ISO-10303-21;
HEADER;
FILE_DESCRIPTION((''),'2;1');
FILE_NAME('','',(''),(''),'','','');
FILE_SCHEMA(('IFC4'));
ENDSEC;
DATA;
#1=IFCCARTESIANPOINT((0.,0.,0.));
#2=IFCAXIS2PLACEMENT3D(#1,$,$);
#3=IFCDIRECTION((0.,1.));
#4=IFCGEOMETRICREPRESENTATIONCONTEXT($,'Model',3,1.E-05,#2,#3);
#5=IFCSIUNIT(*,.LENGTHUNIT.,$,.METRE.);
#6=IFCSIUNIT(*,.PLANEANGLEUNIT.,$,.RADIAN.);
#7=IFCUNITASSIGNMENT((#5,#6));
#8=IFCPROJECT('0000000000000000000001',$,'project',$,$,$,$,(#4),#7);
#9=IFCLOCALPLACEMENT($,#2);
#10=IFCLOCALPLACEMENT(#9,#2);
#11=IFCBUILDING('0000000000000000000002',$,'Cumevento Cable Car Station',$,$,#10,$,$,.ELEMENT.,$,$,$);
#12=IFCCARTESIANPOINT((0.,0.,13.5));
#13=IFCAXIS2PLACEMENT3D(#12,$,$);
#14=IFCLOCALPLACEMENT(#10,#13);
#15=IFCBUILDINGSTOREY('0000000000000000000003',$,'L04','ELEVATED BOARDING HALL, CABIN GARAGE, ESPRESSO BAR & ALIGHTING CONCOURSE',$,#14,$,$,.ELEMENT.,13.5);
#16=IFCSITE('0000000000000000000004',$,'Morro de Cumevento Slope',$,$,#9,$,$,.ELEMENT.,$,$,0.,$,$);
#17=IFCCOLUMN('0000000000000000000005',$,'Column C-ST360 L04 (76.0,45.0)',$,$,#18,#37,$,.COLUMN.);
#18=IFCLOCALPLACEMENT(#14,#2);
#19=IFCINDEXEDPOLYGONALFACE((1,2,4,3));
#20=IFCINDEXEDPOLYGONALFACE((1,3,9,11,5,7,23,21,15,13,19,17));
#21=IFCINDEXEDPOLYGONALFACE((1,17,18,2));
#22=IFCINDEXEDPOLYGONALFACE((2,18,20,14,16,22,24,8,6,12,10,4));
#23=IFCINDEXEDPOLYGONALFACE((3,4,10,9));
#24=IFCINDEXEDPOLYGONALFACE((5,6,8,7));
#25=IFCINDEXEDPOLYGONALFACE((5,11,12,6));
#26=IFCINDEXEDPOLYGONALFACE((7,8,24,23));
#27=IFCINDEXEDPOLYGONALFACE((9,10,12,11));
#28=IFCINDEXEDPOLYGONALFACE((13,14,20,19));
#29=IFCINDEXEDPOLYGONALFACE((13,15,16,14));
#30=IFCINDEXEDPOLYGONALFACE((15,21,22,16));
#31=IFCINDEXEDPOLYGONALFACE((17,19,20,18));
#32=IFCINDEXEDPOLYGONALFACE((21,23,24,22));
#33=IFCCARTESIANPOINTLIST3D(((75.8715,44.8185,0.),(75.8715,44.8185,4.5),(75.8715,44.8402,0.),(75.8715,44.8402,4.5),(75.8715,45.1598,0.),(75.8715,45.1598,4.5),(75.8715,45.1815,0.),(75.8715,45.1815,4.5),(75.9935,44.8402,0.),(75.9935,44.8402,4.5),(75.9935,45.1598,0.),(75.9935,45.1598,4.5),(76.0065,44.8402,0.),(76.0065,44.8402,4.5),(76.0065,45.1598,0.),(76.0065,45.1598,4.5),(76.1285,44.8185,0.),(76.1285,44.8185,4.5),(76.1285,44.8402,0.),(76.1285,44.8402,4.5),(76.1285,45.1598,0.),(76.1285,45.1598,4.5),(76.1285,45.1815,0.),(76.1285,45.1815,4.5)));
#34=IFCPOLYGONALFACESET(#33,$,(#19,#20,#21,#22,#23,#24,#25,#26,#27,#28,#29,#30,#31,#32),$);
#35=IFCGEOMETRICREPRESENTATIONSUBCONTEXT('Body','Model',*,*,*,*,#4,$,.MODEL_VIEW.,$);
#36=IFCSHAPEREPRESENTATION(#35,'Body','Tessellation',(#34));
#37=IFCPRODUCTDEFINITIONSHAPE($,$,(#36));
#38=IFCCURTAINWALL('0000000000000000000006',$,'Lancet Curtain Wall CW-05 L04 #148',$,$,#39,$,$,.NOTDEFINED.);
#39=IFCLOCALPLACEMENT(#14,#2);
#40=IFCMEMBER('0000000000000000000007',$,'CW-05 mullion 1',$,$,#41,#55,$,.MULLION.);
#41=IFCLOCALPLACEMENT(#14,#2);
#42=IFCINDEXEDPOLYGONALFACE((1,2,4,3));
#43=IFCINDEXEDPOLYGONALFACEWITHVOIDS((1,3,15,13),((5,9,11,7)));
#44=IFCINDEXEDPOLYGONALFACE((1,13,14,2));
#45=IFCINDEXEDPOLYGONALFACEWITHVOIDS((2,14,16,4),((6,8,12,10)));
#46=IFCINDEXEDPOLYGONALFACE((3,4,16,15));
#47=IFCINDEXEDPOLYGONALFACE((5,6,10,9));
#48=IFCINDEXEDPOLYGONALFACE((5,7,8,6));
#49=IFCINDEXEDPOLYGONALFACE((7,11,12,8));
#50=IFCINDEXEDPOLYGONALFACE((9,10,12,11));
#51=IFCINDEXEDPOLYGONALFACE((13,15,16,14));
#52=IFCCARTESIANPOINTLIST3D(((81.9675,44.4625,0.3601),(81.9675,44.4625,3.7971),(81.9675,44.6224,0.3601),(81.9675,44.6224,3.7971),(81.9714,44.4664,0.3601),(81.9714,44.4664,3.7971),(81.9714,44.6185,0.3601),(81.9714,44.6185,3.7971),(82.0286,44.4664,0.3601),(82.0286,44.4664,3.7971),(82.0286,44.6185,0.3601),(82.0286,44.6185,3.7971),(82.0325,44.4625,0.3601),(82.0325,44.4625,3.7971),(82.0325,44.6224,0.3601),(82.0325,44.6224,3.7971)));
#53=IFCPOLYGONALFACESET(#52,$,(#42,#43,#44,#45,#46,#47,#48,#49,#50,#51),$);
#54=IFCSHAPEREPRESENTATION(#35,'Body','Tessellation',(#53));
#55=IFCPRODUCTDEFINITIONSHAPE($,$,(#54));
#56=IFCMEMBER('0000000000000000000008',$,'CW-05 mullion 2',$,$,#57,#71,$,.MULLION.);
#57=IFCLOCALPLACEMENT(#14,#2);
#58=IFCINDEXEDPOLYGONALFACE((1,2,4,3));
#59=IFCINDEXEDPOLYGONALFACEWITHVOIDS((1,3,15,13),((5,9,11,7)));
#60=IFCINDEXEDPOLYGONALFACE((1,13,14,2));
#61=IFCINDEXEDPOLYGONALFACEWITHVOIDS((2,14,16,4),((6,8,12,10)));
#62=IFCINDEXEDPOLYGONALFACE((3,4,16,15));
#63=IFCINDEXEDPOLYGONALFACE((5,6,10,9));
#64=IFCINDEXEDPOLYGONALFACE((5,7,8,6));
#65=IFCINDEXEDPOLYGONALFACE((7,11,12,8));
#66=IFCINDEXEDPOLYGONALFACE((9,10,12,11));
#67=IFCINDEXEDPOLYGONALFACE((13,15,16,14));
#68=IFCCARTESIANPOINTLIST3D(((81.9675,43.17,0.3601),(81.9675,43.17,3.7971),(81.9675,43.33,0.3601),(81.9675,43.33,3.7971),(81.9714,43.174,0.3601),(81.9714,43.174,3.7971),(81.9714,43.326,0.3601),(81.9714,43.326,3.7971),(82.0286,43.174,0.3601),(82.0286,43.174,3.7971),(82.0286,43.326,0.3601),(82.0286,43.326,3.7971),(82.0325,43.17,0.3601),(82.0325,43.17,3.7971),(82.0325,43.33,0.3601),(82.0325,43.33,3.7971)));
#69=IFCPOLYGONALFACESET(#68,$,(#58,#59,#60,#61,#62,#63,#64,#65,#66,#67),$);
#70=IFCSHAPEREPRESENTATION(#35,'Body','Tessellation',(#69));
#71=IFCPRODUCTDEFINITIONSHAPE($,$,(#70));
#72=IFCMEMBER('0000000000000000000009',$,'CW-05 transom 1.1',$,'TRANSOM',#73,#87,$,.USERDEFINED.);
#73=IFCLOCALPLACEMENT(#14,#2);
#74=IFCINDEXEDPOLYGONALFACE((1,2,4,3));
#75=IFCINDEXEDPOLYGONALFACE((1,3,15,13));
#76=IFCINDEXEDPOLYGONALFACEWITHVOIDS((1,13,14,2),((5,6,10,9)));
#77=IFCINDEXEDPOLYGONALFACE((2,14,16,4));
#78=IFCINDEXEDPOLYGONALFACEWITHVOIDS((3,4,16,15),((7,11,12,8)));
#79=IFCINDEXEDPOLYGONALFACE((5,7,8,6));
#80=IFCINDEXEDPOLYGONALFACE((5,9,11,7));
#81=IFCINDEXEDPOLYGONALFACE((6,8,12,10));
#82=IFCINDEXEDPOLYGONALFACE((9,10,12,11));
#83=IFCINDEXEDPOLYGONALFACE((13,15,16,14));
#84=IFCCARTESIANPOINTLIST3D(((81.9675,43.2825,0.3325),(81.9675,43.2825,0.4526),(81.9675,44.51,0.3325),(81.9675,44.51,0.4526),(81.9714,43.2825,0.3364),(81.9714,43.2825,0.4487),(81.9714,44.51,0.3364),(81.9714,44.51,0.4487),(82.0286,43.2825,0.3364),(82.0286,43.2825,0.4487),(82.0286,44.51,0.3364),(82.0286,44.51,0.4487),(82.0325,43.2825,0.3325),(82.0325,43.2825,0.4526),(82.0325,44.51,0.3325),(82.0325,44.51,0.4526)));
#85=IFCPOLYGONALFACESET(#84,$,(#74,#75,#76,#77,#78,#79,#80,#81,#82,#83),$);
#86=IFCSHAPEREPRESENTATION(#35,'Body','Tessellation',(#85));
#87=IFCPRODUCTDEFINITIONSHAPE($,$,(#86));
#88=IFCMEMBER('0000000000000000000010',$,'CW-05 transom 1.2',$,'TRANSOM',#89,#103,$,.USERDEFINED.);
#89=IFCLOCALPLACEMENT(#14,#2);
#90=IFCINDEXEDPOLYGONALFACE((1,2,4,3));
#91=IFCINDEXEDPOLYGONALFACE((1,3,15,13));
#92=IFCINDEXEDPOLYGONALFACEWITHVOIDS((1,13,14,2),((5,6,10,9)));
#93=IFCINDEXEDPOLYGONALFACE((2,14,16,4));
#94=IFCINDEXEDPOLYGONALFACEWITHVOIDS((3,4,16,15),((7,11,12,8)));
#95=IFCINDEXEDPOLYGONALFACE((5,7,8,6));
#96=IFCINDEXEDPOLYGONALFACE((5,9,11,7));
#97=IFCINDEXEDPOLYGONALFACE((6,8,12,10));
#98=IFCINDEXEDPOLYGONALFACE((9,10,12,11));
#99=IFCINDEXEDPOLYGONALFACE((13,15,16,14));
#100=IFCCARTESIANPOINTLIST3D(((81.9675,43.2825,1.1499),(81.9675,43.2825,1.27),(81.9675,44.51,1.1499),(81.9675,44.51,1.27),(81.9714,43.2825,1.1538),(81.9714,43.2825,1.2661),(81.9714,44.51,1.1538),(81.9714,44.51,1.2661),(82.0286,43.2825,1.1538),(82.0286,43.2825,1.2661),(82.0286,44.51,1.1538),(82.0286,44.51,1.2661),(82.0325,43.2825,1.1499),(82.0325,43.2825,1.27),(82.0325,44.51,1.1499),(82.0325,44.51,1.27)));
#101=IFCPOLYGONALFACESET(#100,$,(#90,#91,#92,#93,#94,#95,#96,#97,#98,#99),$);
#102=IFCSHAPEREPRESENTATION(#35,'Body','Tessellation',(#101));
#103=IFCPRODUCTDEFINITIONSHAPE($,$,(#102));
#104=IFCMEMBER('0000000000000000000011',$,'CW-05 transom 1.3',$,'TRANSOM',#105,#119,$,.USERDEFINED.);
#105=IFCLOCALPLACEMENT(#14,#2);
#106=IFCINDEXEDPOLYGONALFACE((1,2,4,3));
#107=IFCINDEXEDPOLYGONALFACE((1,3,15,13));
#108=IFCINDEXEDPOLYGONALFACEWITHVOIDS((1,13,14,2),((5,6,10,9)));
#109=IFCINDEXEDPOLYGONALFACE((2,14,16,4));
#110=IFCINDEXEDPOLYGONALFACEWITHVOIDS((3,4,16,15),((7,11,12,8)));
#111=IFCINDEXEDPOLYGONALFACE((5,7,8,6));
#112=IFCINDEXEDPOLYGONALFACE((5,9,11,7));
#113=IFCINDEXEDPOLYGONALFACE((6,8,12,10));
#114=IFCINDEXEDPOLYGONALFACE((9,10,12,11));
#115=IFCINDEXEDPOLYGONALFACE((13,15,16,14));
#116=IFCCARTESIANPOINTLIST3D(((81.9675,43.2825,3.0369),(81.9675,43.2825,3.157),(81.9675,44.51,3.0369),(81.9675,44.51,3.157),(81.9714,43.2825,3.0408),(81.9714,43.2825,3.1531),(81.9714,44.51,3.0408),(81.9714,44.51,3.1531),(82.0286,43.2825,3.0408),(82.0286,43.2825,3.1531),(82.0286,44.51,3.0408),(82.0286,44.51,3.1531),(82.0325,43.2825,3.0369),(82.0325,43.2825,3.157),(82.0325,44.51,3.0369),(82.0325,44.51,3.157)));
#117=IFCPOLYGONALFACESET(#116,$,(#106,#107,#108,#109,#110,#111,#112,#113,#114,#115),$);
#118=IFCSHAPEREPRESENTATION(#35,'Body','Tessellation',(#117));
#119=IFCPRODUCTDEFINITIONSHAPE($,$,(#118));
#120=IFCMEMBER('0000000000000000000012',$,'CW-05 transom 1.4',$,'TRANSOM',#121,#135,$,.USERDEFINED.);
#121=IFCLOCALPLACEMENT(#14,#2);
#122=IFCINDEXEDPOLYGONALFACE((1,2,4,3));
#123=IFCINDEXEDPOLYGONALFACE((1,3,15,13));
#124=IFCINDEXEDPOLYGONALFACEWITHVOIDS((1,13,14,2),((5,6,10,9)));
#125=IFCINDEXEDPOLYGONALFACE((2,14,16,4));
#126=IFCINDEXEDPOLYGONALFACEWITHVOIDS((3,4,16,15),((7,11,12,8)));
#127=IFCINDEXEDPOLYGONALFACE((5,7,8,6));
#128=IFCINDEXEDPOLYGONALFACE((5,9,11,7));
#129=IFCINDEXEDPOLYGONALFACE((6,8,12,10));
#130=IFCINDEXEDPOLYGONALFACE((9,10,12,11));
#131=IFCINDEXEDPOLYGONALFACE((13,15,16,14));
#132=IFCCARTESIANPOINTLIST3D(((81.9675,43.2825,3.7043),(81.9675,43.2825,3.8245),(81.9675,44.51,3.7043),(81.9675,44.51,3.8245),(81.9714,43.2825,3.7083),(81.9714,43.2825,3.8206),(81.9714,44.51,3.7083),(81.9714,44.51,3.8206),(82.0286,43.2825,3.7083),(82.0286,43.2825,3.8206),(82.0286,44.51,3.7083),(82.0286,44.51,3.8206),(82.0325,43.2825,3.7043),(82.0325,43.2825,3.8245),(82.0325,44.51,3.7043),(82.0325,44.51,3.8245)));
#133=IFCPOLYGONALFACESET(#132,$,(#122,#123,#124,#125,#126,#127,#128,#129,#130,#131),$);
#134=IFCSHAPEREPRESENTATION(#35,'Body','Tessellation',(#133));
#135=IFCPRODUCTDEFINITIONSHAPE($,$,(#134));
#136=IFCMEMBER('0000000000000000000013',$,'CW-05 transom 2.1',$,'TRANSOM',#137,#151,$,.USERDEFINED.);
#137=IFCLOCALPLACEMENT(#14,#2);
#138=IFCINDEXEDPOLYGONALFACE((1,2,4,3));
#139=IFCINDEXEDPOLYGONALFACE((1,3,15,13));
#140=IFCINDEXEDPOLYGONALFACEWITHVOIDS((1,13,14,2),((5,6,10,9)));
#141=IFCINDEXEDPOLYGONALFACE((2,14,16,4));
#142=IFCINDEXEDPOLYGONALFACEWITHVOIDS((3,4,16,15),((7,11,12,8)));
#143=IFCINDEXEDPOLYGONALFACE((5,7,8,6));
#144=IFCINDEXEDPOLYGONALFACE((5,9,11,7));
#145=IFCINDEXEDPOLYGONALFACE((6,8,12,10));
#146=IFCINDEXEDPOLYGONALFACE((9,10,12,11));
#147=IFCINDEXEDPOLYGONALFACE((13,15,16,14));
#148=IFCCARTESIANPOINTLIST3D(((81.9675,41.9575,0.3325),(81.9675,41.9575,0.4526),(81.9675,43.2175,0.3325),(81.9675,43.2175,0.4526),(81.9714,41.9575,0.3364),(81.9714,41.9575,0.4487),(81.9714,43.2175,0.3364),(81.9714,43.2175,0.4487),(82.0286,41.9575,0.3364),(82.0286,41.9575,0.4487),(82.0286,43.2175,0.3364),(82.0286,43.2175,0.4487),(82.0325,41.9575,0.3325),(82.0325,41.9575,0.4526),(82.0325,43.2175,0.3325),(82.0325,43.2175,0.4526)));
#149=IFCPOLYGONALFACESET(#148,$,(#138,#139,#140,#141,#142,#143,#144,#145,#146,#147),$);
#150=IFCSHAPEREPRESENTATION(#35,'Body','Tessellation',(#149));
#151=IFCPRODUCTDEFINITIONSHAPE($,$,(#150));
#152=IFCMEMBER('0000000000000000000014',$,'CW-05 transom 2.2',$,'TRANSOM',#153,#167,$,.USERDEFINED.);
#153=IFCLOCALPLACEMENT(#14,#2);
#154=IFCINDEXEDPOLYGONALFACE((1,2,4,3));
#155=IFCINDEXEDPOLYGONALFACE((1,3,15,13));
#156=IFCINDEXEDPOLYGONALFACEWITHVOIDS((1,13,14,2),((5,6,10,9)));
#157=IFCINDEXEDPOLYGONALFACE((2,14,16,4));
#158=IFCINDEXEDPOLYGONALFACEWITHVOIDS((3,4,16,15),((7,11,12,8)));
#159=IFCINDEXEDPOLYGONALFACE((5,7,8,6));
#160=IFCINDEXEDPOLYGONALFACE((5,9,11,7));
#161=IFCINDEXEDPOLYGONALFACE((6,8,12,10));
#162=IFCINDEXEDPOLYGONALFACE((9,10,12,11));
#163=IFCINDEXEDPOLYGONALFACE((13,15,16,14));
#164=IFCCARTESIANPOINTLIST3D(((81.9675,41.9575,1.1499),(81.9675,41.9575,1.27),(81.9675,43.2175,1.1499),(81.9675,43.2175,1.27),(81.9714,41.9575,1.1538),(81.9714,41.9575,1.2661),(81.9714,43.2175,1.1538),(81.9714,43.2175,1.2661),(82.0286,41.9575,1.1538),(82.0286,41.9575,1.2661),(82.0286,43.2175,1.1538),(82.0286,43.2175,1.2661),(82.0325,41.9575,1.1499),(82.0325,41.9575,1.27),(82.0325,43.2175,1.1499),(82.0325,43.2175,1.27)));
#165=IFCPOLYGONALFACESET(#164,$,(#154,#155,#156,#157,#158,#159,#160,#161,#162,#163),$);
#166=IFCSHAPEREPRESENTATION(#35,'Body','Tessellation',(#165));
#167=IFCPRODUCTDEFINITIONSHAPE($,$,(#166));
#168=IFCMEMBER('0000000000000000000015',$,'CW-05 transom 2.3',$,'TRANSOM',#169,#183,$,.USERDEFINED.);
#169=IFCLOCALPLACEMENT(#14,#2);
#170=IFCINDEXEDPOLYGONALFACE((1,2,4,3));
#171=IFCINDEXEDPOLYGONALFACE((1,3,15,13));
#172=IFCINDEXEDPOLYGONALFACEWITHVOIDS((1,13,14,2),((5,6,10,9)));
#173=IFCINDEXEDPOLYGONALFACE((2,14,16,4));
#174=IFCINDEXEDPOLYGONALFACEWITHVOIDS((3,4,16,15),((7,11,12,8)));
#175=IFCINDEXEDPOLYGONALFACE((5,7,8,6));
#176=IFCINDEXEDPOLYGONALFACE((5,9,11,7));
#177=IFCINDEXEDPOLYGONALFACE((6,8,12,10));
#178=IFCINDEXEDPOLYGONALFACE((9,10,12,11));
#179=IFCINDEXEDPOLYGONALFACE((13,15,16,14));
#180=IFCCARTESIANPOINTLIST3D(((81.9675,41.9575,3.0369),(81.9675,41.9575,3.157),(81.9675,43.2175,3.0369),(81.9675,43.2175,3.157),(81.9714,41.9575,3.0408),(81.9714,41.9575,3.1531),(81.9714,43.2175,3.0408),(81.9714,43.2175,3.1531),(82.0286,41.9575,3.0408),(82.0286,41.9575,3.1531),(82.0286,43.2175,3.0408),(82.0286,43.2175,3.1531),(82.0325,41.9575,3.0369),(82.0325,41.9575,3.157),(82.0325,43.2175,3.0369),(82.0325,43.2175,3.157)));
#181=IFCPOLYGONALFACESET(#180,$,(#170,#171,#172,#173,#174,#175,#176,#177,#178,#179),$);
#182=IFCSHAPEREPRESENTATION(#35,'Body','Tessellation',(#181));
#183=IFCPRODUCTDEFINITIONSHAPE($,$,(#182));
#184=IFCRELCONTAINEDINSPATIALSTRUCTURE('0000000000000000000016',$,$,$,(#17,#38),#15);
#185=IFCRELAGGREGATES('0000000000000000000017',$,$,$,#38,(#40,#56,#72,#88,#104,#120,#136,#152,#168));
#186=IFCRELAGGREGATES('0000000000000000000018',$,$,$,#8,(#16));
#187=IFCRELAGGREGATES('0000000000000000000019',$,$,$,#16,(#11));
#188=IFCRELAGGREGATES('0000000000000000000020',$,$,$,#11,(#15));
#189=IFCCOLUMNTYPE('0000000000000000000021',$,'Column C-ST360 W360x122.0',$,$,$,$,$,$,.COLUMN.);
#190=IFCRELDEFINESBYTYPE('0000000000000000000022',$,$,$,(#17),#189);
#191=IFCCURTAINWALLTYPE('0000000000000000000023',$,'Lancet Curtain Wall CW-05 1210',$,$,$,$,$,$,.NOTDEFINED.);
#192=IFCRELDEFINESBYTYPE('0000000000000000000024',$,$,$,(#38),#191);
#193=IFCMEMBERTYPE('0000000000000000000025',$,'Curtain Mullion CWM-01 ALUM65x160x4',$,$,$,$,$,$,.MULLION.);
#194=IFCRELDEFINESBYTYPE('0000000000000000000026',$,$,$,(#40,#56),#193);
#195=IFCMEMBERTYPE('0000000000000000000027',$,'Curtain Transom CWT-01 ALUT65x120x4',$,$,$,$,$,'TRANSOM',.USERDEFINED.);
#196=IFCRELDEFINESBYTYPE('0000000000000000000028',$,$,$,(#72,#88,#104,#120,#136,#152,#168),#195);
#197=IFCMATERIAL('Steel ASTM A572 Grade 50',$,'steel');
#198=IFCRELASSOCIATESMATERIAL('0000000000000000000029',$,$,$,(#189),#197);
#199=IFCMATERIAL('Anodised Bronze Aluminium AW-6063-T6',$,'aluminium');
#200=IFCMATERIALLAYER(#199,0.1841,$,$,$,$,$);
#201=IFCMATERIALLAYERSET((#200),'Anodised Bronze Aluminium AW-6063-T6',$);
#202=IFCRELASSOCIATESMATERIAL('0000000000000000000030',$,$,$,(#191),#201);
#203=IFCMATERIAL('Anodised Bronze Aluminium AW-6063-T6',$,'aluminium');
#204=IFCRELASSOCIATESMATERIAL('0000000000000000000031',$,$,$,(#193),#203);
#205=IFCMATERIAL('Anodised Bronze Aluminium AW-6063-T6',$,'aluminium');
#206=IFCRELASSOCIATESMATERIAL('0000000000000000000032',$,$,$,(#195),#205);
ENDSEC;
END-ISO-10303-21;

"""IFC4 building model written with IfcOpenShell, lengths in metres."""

from ifc_helpers import new_model, si_unit, direction, frame, origin, origin_2d, place, context, subcontext, project, spatial, hollow_rectangle, i_section, extrude, material, layer, layer_set, material_profile, profile_set, type_object, element, aggregate, save


model = new_model("IFC4")

# Units and contexts
model_context = context("Model", 3, precision=1e-05, world=origin(), true_north=direction((0.0, 1.0)))
body_context = subcontext(model_context, "Body", "Model", "MODEL_VIEW")
ifc_project = project(units=[si_unit("LENGTHUNIT", "METRE"), si_unit("PLANEANGLEUNIT", "RADIAN")], contexts=[model_context])

# Site, building, storey
site_placement = place(None, origin())
site = spatial("IfcSite", under=ifc_project, at=site_placement, Name="Morro de Cumevento Slope", CompositionType="ELEMENT", RefElevation=0.0)
building_placement = place(site_placement, origin())
building = spatial("IfcBuilding", under=site, at=building_placement, Name="Cumevento Cable Car Station", CompositionType="ELEMENT")
storey_placement = place(building_placement, frame((0.0, 0.0, 13.5)))
storey = spatial("IfcBuildingStorey", under=building, at=storey_placement, Name="L04", Description="ELEVATED BOARDING HALL, CABIN GARAGE, ESPRESSO BAR & ALIGHTING CONCOURSE", CompositionType="ELEMENT", Elevation=13.5)

# Column
ifc_material_1 = material(Name="Steel ASTM A572 Grade 50", Category="steel")
ifc_material_profile_1 = material_profile(ifc_material_1, i_section(OverallWidth=0.2571, OverallDepth=0.363, WebThickness=0.0129, FlangeThickness=0.0217, at=origin_2d()), Name="W360x122.0")
ifc_profile_set_1 = profile_set([ifc_material_profile_1], Name="Steel ASTM A572 Grade 50")
column_type = type_object("IfcColumnType", Name="Column C-ST360 W360x122.0", PredefinedType="COLUMN", material=ifc_profile_set_1)
column_placement = place(storey_placement, frame((76.0, 45.0, 0.0), z_axis=(0.0, 0.0, 1.0), x_axis=(1.0, 0.0, 0.0)))
element("IfcColumn", 1, at=column_placement, inside=storey, type_object=column_type, Name="Column C-ST360 L04 (76.0,45.0)", PredefinedType="COLUMN", context=body_context, shape_type="SweptSolid", body=[
    extrude(i_section(OverallWidth=0.2571, OverallDepth=0.363, WebThickness=0.0129, FlangeThickness=0.0217, at=origin_2d()), origin(), (0.0, 0.0, 1.0), 4.5),
])

# Curtain wall, members
ifc_material_2 = material(Name="Anodised Bronze Aluminium AW-6063-T6", Category="aluminium")
ifc_layer_1 = layer(ifc_material_2, 0.1841)
ifc_layer_set_1 = layer_set([ifc_layer_1], Name="Anodised Bronze Aluminium AW-6063-T6")
curtain_wall_type = type_object("IfcCurtainWallType", Name="Lancet Curtain Wall CW-05 1210", PredefinedType="NOTDEFINED", material=ifc_layer_set_1)
curtain_wall_placement = place(storey_placement, origin())
curtain_wall = element("IfcCurtainWall", 2, at=curtain_wall_placement, inside=storey, type_object=curtain_wall_type, Name="Lancet Curtain Wall CW-05 L04 #148", PredefinedType="NOTDEFINED")
ifc_material_3 = material(Name="Anodised Bronze Aluminium AW-6063-T6", Category="aluminium")
ifc_material_profile_2 = material_profile(ifc_material_3, hollow_rectangle(XDim=0.0649, YDim=0.1599, WallThickness=0.0039, at=origin_2d()), Name="ALUM65x160x4")
ifc_profile_set_2 = profile_set([ifc_material_profile_2], Name="Anodised Bronze Aluminium AW-6063-T6")
member_type_1 = type_object("IfcMemberType", Name="Curtain Mullion CWM-01 ALUM65x160x4", PredefinedType="MULLION", material=ifc_profile_set_2)
member_1_placement = place(storey_placement, frame((82.0, 44.5425, 0.3601), z_axis=(0.0, 0.0, 1.0), x_axis=(1.0, 0.0, 0.0)))
member_1 = element("IfcMember", 3, at=member_1_placement, type_object=member_type_1, Name="CW-05 mullion 1", PredefinedType="MULLION", context=body_context, shape_type="SweptSolid", body=[
    extrude(hollow_rectangle(XDim=0.0649, YDim=0.1599, WallThickness=0.0039, at=origin_2d()), origin(), (0.0, 0.0, 1.0), 3.437),
])
member_2_placement = place(storey_placement, frame((82.0, 43.25, 0.3601), z_axis=(0.0, 0.0, 1.0), x_axis=(1.0, 0.0, 0.0)))
member_2 = element("IfcMember", 4, at=member_2_placement, type_object=member_type_1, Name="CW-05 mullion 2", PredefinedType="MULLION", context=body_context, shape_type="SweptSolid", body=[
    extrude(hollow_rectangle(XDim=0.0649, YDim=0.1599, WallThickness=0.0039, at=origin_2d()), origin(), (0.0, 0.0, 1.0), 3.437),
])
ifc_material_4 = material(Name="Anodised Bronze Aluminium AW-6063-T6", Category="aluminium")
ifc_material_profile_3 = material_profile(ifc_material_4, hollow_rectangle(XDim=0.0649, YDim=0.1201, WallThickness=0.0039, at=origin_2d()), Name="ALUT65x120x4")
ifc_profile_set_3 = profile_set([ifc_material_profile_3], Name="Anodised Bronze Aluminium AW-6063-T6")
member_type_2 = type_object("IfcMemberType", Name="Curtain Transom CWT-01 ALUT65x120x4", ElementType="TRANSOM", PredefinedType="USERDEFINED", material=ifc_profile_set_3)
member_3_placement = place(storey_placement, frame((82.0, 44.51, 0.3926), z_axis=(0.0, -1.0, 0.0), x_axis=(1.0, 0.0, 0.0)))
member_3 = element("IfcMember", 5, at=member_3_placement, type_object=member_type_2, Name="CW-05 transom 1.1", ObjectType="TRANSOM", PredefinedType="USERDEFINED", context=body_context, shape_type="SweptSolid", body=[
    extrude(hollow_rectangle(XDim=0.0649, YDim=0.1201, WallThickness=0.0039, at=origin_2d()), origin(), (0.0, 0.0, 1.0), 1.2275),
])
member_4_placement = place(storey_placement, frame((82.0, 44.51, 1.21), z_axis=(0.0, -1.0, 0.0), x_axis=(1.0, 0.0, 0.0)))
member_4 = element("IfcMember", 6, at=member_4_placement, type_object=member_type_2, Name="CW-05 transom 1.2", ObjectType="TRANSOM", PredefinedType="USERDEFINED", context=body_context, shape_type="SweptSolid", body=[
    extrude(hollow_rectangle(XDim=0.0649, YDim=0.1201, WallThickness=0.0039, at=origin_2d()), origin(), (0.0, 0.0, 1.0), 1.2275),
])
member_5_placement = place(storey_placement, frame((82.0, 44.51, 3.0969), z_axis=(0.0, -1.0, 0.0), x_axis=(1.0, 0.0, 0.0)))
member_5 = element("IfcMember", 7, at=member_5_placement, type_object=member_type_2, Name="CW-05 transom 1.3", ObjectType="TRANSOM", PredefinedType="USERDEFINED", context=body_context, shape_type="SweptSolid", body=[
    extrude(hollow_rectangle(XDim=0.0649, YDim=0.1201, WallThickness=0.0039, at=origin_2d()), origin(), (0.0, 0.0, 1.0), 1.2275),
])
member_6_placement = place(storey_placement, frame((82.0, 44.51, 3.7644), z_axis=(0.0, -1.0, 0.0), x_axis=(1.0, 0.0, 0.0)))
member_6 = element("IfcMember", 8, at=member_6_placement, type_object=member_type_2, Name="CW-05 transom 1.4", ObjectType="TRANSOM", PredefinedType="USERDEFINED", context=body_context, shape_type="SweptSolid", body=[
    extrude(hollow_rectangle(XDim=0.0649, YDim=0.1201, WallThickness=0.0039, at=origin_2d()), origin(), (0.0, 0.0, 1.0), 1.2275),
])
member_7_placement = place(storey_placement, frame((82.0, 43.2175, 0.3926), z_axis=(0.0, -1.0, 0.0), x_axis=(1.0, 0.0, 0.0)))
member_7 = element("IfcMember", 9, at=member_7_placement, type_object=member_type_2, Name="CW-05 transom 2.1", ObjectType="TRANSOM", PredefinedType="USERDEFINED", context=body_context, shape_type="SweptSolid", body=[
    extrude(hollow_rectangle(XDim=0.0649, YDim=0.1201, WallThickness=0.0039, at=origin_2d()), origin(), (0.0, 0.0, 1.0), 1.26),
])
member_8_placement = place(storey_placement, frame((82.0, 43.2175, 1.21), z_axis=(0.0, -1.0, 0.0), x_axis=(1.0, 0.0, 0.0)))
member_8 = element("IfcMember", 10, at=member_8_placement, type_object=member_type_2, Name="CW-05 transom 2.2", ObjectType="TRANSOM", PredefinedType="USERDEFINED", context=body_context, shape_type="SweptSolid", body=[
    extrude(hollow_rectangle(XDim=0.0649, YDim=0.1201, WallThickness=0.0039, at=origin_2d()), origin(), (0.0, 0.0, 1.0), 1.26),
])
member_9_placement = place(storey_placement, frame((82.0, 43.2175, 3.0969), z_axis=(0.0, -1.0, 0.0), x_axis=(1.0, 0.0, 0.0)))
member_9 = element("IfcMember", 11, at=member_9_placement, type_object=member_type_2, Name="CW-05 transom 2.3", ObjectType="TRANSOM", PredefinedType="USERDEFINED", context=body_context, shape_type="SweptSolid", body=[
    extrude(hollow_rectangle(XDim=0.0649, YDim=0.1201, WallThickness=0.0039, at=origin_2d()), origin(), (0.0, 0.0, 1.0), 1.26),
])

aggregate(curtain_wall, [member_1, member_2, member_3, member_4, member_5, member_6, member_7, member_8, member_9])

save(model, "model.ifc")
